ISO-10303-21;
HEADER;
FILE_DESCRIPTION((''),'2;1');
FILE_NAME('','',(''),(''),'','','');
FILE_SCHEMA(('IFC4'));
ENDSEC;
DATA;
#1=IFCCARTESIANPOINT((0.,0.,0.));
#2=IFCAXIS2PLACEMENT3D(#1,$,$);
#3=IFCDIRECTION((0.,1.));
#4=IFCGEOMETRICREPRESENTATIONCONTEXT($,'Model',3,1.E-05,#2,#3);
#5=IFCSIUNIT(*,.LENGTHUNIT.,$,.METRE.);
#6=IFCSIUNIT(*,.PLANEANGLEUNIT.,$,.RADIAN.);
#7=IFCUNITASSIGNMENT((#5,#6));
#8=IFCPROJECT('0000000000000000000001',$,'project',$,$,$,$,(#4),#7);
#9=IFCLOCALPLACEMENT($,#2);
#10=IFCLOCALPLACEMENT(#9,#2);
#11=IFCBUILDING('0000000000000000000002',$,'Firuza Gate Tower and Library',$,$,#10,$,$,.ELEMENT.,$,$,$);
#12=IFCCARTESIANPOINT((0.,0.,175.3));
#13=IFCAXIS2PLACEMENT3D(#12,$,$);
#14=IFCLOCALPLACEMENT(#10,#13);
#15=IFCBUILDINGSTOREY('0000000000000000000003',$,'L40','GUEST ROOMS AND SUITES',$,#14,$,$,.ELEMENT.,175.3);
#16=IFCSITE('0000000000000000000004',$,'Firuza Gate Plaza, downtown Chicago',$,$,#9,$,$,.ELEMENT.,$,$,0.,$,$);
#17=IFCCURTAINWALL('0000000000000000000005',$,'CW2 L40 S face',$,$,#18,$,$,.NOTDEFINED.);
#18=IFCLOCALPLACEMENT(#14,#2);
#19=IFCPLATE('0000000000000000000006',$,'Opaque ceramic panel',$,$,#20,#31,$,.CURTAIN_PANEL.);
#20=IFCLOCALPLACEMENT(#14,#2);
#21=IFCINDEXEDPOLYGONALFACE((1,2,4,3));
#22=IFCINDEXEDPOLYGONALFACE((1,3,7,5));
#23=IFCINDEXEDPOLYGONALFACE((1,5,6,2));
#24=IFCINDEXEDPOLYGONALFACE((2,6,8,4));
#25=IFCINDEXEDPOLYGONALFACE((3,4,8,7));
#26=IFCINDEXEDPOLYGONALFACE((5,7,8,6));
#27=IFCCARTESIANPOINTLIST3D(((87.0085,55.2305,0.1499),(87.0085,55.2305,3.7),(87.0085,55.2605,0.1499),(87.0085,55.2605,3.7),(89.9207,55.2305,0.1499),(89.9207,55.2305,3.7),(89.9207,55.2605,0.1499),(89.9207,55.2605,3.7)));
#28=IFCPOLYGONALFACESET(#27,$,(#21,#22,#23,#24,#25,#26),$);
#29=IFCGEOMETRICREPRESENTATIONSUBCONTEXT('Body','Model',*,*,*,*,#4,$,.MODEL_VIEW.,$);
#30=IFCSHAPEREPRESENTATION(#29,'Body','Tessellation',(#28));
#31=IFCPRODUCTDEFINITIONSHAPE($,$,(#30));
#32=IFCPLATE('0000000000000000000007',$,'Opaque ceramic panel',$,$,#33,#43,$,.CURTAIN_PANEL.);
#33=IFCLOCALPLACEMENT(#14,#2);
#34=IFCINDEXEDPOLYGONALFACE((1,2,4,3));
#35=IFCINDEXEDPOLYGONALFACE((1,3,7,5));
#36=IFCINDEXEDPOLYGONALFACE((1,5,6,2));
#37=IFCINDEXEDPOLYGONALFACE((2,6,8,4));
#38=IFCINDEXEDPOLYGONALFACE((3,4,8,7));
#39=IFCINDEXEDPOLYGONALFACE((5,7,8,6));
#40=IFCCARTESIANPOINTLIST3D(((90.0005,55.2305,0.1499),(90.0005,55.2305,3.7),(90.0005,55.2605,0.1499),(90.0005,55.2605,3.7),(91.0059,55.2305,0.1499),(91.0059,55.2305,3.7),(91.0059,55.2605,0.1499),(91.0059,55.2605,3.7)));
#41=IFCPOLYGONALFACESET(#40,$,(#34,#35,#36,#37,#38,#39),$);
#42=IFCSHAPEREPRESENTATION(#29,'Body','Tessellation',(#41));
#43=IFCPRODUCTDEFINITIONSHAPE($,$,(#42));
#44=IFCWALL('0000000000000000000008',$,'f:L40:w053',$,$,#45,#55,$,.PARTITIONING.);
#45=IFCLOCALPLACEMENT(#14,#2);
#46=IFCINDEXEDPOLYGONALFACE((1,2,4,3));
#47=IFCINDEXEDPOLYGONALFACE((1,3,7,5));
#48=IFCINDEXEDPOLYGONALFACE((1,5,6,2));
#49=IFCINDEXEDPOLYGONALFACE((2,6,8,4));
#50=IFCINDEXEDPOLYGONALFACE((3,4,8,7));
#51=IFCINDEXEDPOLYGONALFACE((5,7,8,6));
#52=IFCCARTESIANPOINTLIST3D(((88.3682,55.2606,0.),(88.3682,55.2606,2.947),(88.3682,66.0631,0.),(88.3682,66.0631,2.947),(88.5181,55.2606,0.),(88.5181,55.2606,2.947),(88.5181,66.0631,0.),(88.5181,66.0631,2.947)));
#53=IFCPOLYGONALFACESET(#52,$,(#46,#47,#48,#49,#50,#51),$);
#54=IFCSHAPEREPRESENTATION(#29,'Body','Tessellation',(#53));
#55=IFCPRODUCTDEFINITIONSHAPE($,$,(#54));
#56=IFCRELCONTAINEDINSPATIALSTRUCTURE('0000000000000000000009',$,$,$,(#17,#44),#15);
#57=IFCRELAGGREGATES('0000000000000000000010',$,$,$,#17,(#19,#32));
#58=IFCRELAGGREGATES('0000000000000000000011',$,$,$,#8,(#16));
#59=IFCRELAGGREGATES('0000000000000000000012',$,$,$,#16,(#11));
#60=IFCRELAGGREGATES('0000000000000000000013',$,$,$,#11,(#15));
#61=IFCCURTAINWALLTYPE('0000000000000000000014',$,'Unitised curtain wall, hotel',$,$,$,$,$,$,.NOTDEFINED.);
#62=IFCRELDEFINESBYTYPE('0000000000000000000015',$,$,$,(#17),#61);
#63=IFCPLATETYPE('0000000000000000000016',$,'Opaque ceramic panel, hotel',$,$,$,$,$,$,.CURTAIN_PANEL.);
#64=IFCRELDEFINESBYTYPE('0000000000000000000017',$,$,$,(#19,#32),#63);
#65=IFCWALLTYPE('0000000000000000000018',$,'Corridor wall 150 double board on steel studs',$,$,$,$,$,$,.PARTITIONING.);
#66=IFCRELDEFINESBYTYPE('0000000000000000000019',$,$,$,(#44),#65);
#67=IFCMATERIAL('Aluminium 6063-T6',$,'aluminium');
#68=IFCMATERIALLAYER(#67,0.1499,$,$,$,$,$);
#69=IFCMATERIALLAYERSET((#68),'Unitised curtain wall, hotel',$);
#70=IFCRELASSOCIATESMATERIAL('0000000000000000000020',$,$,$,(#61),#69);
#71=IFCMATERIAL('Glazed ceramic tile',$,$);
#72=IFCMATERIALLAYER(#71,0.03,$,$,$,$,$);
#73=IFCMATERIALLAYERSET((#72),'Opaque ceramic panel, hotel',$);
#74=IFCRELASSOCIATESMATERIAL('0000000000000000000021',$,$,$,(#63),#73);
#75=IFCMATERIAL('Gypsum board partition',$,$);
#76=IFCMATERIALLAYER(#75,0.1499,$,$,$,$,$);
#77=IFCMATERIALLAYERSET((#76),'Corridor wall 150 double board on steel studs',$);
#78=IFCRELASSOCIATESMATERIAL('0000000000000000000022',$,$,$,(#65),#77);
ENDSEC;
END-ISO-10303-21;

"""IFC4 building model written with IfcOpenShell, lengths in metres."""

from ifc_helpers import new_model, si_unit, direction, frame, frame_2d, origin, place, context, subcontext, project, spatial, polyline, rectangle, outline, extrude, material, layer, layer_set, type_object, element, aggregate, save


model = new_model("IFC4")

# Units and contexts
model_context = context("Model", 3, precision=1e-05, world=origin(), true_north=direction((0.0, 1.0)))
body_context = subcontext(model_context, "Body", "Model", "MODEL_VIEW")
ifc_project = project(units=[si_unit("LENGTHUNIT", "METRE"), si_unit("PLANEANGLEUNIT", "RADIAN")], contexts=[model_context])

# Site, building, storey
site_placement = place(None, origin())
site = spatial("IfcSite", under=ifc_project, at=site_placement, Name="Firuza Gate Plaza, downtown Chicago", CompositionType="ELEMENT", RefElevation=0.0)
building_placement = place(site_placement, origin())
building = spatial("IfcBuilding", under=site, at=building_placement, Name="Firuza Gate Tower and Library", CompositionType="ELEMENT")
storey_placement = place(building_placement, frame((0.0, 0.0, 175.3)))
storey = spatial("IfcBuildingStorey", under=building, at=storey_placement, Name="L40", Description="GUEST ROOMS AND SUITES", CompositionType="ELEMENT", Elevation=175.3)

# Curtain wall
ifc_material_1 = material(Name="Aluminium 6063-T6", Category="aluminium")
ifc_layer_1 = layer(ifc_material_1, 0.1499)
ifc_layer_set_1 = layer_set([ifc_layer_1], Name="Unitised curtain wall, hotel")
curtain_wall_type = type_object("IfcCurtainWallType", Name="Unitised curtain wall, hotel", PredefinedType="NOTDEFINED", material=ifc_layer_set_1)
curtain_wall_placement = place(storey_placement, origin())
curtain_wall = element("IfcCurtainWall", 1, at=curtain_wall_placement, inside=storey, type_object=curtain_wall_type, Name="CW2 L40 S face", PredefinedType="NOTDEFINED")

# Plates
ifc_material_2 = material(Name="Glazed ceramic tile")
ifc_layer_2 = layer(ifc_material_2, 0.03)
ifc_layer_set_2 = layer_set([ifc_layer_2], Name="Opaque ceramic panel, hotel")
plate_type_1 = type_object("IfcPlateType", Name="Opaque ceramic panel, hotel", PredefinedType="CURTAIN_PANEL", material=ifc_layer_set_2)
plate_1_placement = place(storey_placement, frame((87.0085, 55.2305, 0.1499), z_axis=(0.0, -1.0, 0.0), x_axis=(1.0, 0.0, 0.0)))
plate_1 = element("IfcPlate", 2, at=plate_1_placement, type_object=plate_type_1, Name="Opaque ceramic panel", PredefinedType="CURTAIN_PANEL", context=body_context, shape_type="SweptSolid", body=[
    extrude(outline(polyline([(0.0, 0.0), (2.9121, 0.0), (2.9121, 3.55), (0.0, 3.55), (0.0, 0.0)])), origin(), (0.0, 0.0, -1.0), 0.03),
])
plate_2_placement = place(storey_placement, frame((90.0005, 55.2305, 0.1499), z_axis=(0.0, -1.0, 0.0), x_axis=(1.0, 0.0, 0.0)))
plate_2 = element("IfcPlate", 3, at=plate_2_placement, type_object=plate_type_1, Name="Opaque ceramic panel", PredefinedType="CURTAIN_PANEL", context=body_context, shape_type="SweptSolid", body=[
    extrude(outline(polyline([(0.0, 0.0), (1.0054, 0.0), (1.0054, 3.55), (0.0, 3.55), (0.0, 0.0)])), origin(), (0.0, 0.0, -1.0), 0.03),
])
aggregate(curtain_wall, [plate_1, plate_2])

# Wall
ifc_material_3 = material(Name="Gypsum board partition")
ifc_layer_3 = layer(ifc_material_3, 0.1499)
ifc_layer_set_3 = layer_set([ifc_layer_3], Name="Corridor wall 150 double board on steel studs")
wall_type = type_object("IfcWallType", Name="Corridor wall 150 double board on steel studs", PredefinedType="PARTITIONING", material=ifc_layer_set_3)
wall_placement = place(storey_placement, frame((88.4431, 55.2605, 0.0), z_axis=(0.0, 0.0, 1.0), x_axis=(0.0, 1.0, 0.0)))
element("IfcWall", 4, at=wall_placement, inside=storey, type_object=wall_type, Name="f:L40:w053", PredefinedType="PARTITIONING", context=body_context, shape_type="SweptSolid", body=[
    extrude(rectangle(XDim=10.8025, YDim=0.1499, at=frame_2d((5.4014, 0.0))), origin(), (0.0, 0.0, 1.0), 2.947),
])

save(model, "model.ifc")
